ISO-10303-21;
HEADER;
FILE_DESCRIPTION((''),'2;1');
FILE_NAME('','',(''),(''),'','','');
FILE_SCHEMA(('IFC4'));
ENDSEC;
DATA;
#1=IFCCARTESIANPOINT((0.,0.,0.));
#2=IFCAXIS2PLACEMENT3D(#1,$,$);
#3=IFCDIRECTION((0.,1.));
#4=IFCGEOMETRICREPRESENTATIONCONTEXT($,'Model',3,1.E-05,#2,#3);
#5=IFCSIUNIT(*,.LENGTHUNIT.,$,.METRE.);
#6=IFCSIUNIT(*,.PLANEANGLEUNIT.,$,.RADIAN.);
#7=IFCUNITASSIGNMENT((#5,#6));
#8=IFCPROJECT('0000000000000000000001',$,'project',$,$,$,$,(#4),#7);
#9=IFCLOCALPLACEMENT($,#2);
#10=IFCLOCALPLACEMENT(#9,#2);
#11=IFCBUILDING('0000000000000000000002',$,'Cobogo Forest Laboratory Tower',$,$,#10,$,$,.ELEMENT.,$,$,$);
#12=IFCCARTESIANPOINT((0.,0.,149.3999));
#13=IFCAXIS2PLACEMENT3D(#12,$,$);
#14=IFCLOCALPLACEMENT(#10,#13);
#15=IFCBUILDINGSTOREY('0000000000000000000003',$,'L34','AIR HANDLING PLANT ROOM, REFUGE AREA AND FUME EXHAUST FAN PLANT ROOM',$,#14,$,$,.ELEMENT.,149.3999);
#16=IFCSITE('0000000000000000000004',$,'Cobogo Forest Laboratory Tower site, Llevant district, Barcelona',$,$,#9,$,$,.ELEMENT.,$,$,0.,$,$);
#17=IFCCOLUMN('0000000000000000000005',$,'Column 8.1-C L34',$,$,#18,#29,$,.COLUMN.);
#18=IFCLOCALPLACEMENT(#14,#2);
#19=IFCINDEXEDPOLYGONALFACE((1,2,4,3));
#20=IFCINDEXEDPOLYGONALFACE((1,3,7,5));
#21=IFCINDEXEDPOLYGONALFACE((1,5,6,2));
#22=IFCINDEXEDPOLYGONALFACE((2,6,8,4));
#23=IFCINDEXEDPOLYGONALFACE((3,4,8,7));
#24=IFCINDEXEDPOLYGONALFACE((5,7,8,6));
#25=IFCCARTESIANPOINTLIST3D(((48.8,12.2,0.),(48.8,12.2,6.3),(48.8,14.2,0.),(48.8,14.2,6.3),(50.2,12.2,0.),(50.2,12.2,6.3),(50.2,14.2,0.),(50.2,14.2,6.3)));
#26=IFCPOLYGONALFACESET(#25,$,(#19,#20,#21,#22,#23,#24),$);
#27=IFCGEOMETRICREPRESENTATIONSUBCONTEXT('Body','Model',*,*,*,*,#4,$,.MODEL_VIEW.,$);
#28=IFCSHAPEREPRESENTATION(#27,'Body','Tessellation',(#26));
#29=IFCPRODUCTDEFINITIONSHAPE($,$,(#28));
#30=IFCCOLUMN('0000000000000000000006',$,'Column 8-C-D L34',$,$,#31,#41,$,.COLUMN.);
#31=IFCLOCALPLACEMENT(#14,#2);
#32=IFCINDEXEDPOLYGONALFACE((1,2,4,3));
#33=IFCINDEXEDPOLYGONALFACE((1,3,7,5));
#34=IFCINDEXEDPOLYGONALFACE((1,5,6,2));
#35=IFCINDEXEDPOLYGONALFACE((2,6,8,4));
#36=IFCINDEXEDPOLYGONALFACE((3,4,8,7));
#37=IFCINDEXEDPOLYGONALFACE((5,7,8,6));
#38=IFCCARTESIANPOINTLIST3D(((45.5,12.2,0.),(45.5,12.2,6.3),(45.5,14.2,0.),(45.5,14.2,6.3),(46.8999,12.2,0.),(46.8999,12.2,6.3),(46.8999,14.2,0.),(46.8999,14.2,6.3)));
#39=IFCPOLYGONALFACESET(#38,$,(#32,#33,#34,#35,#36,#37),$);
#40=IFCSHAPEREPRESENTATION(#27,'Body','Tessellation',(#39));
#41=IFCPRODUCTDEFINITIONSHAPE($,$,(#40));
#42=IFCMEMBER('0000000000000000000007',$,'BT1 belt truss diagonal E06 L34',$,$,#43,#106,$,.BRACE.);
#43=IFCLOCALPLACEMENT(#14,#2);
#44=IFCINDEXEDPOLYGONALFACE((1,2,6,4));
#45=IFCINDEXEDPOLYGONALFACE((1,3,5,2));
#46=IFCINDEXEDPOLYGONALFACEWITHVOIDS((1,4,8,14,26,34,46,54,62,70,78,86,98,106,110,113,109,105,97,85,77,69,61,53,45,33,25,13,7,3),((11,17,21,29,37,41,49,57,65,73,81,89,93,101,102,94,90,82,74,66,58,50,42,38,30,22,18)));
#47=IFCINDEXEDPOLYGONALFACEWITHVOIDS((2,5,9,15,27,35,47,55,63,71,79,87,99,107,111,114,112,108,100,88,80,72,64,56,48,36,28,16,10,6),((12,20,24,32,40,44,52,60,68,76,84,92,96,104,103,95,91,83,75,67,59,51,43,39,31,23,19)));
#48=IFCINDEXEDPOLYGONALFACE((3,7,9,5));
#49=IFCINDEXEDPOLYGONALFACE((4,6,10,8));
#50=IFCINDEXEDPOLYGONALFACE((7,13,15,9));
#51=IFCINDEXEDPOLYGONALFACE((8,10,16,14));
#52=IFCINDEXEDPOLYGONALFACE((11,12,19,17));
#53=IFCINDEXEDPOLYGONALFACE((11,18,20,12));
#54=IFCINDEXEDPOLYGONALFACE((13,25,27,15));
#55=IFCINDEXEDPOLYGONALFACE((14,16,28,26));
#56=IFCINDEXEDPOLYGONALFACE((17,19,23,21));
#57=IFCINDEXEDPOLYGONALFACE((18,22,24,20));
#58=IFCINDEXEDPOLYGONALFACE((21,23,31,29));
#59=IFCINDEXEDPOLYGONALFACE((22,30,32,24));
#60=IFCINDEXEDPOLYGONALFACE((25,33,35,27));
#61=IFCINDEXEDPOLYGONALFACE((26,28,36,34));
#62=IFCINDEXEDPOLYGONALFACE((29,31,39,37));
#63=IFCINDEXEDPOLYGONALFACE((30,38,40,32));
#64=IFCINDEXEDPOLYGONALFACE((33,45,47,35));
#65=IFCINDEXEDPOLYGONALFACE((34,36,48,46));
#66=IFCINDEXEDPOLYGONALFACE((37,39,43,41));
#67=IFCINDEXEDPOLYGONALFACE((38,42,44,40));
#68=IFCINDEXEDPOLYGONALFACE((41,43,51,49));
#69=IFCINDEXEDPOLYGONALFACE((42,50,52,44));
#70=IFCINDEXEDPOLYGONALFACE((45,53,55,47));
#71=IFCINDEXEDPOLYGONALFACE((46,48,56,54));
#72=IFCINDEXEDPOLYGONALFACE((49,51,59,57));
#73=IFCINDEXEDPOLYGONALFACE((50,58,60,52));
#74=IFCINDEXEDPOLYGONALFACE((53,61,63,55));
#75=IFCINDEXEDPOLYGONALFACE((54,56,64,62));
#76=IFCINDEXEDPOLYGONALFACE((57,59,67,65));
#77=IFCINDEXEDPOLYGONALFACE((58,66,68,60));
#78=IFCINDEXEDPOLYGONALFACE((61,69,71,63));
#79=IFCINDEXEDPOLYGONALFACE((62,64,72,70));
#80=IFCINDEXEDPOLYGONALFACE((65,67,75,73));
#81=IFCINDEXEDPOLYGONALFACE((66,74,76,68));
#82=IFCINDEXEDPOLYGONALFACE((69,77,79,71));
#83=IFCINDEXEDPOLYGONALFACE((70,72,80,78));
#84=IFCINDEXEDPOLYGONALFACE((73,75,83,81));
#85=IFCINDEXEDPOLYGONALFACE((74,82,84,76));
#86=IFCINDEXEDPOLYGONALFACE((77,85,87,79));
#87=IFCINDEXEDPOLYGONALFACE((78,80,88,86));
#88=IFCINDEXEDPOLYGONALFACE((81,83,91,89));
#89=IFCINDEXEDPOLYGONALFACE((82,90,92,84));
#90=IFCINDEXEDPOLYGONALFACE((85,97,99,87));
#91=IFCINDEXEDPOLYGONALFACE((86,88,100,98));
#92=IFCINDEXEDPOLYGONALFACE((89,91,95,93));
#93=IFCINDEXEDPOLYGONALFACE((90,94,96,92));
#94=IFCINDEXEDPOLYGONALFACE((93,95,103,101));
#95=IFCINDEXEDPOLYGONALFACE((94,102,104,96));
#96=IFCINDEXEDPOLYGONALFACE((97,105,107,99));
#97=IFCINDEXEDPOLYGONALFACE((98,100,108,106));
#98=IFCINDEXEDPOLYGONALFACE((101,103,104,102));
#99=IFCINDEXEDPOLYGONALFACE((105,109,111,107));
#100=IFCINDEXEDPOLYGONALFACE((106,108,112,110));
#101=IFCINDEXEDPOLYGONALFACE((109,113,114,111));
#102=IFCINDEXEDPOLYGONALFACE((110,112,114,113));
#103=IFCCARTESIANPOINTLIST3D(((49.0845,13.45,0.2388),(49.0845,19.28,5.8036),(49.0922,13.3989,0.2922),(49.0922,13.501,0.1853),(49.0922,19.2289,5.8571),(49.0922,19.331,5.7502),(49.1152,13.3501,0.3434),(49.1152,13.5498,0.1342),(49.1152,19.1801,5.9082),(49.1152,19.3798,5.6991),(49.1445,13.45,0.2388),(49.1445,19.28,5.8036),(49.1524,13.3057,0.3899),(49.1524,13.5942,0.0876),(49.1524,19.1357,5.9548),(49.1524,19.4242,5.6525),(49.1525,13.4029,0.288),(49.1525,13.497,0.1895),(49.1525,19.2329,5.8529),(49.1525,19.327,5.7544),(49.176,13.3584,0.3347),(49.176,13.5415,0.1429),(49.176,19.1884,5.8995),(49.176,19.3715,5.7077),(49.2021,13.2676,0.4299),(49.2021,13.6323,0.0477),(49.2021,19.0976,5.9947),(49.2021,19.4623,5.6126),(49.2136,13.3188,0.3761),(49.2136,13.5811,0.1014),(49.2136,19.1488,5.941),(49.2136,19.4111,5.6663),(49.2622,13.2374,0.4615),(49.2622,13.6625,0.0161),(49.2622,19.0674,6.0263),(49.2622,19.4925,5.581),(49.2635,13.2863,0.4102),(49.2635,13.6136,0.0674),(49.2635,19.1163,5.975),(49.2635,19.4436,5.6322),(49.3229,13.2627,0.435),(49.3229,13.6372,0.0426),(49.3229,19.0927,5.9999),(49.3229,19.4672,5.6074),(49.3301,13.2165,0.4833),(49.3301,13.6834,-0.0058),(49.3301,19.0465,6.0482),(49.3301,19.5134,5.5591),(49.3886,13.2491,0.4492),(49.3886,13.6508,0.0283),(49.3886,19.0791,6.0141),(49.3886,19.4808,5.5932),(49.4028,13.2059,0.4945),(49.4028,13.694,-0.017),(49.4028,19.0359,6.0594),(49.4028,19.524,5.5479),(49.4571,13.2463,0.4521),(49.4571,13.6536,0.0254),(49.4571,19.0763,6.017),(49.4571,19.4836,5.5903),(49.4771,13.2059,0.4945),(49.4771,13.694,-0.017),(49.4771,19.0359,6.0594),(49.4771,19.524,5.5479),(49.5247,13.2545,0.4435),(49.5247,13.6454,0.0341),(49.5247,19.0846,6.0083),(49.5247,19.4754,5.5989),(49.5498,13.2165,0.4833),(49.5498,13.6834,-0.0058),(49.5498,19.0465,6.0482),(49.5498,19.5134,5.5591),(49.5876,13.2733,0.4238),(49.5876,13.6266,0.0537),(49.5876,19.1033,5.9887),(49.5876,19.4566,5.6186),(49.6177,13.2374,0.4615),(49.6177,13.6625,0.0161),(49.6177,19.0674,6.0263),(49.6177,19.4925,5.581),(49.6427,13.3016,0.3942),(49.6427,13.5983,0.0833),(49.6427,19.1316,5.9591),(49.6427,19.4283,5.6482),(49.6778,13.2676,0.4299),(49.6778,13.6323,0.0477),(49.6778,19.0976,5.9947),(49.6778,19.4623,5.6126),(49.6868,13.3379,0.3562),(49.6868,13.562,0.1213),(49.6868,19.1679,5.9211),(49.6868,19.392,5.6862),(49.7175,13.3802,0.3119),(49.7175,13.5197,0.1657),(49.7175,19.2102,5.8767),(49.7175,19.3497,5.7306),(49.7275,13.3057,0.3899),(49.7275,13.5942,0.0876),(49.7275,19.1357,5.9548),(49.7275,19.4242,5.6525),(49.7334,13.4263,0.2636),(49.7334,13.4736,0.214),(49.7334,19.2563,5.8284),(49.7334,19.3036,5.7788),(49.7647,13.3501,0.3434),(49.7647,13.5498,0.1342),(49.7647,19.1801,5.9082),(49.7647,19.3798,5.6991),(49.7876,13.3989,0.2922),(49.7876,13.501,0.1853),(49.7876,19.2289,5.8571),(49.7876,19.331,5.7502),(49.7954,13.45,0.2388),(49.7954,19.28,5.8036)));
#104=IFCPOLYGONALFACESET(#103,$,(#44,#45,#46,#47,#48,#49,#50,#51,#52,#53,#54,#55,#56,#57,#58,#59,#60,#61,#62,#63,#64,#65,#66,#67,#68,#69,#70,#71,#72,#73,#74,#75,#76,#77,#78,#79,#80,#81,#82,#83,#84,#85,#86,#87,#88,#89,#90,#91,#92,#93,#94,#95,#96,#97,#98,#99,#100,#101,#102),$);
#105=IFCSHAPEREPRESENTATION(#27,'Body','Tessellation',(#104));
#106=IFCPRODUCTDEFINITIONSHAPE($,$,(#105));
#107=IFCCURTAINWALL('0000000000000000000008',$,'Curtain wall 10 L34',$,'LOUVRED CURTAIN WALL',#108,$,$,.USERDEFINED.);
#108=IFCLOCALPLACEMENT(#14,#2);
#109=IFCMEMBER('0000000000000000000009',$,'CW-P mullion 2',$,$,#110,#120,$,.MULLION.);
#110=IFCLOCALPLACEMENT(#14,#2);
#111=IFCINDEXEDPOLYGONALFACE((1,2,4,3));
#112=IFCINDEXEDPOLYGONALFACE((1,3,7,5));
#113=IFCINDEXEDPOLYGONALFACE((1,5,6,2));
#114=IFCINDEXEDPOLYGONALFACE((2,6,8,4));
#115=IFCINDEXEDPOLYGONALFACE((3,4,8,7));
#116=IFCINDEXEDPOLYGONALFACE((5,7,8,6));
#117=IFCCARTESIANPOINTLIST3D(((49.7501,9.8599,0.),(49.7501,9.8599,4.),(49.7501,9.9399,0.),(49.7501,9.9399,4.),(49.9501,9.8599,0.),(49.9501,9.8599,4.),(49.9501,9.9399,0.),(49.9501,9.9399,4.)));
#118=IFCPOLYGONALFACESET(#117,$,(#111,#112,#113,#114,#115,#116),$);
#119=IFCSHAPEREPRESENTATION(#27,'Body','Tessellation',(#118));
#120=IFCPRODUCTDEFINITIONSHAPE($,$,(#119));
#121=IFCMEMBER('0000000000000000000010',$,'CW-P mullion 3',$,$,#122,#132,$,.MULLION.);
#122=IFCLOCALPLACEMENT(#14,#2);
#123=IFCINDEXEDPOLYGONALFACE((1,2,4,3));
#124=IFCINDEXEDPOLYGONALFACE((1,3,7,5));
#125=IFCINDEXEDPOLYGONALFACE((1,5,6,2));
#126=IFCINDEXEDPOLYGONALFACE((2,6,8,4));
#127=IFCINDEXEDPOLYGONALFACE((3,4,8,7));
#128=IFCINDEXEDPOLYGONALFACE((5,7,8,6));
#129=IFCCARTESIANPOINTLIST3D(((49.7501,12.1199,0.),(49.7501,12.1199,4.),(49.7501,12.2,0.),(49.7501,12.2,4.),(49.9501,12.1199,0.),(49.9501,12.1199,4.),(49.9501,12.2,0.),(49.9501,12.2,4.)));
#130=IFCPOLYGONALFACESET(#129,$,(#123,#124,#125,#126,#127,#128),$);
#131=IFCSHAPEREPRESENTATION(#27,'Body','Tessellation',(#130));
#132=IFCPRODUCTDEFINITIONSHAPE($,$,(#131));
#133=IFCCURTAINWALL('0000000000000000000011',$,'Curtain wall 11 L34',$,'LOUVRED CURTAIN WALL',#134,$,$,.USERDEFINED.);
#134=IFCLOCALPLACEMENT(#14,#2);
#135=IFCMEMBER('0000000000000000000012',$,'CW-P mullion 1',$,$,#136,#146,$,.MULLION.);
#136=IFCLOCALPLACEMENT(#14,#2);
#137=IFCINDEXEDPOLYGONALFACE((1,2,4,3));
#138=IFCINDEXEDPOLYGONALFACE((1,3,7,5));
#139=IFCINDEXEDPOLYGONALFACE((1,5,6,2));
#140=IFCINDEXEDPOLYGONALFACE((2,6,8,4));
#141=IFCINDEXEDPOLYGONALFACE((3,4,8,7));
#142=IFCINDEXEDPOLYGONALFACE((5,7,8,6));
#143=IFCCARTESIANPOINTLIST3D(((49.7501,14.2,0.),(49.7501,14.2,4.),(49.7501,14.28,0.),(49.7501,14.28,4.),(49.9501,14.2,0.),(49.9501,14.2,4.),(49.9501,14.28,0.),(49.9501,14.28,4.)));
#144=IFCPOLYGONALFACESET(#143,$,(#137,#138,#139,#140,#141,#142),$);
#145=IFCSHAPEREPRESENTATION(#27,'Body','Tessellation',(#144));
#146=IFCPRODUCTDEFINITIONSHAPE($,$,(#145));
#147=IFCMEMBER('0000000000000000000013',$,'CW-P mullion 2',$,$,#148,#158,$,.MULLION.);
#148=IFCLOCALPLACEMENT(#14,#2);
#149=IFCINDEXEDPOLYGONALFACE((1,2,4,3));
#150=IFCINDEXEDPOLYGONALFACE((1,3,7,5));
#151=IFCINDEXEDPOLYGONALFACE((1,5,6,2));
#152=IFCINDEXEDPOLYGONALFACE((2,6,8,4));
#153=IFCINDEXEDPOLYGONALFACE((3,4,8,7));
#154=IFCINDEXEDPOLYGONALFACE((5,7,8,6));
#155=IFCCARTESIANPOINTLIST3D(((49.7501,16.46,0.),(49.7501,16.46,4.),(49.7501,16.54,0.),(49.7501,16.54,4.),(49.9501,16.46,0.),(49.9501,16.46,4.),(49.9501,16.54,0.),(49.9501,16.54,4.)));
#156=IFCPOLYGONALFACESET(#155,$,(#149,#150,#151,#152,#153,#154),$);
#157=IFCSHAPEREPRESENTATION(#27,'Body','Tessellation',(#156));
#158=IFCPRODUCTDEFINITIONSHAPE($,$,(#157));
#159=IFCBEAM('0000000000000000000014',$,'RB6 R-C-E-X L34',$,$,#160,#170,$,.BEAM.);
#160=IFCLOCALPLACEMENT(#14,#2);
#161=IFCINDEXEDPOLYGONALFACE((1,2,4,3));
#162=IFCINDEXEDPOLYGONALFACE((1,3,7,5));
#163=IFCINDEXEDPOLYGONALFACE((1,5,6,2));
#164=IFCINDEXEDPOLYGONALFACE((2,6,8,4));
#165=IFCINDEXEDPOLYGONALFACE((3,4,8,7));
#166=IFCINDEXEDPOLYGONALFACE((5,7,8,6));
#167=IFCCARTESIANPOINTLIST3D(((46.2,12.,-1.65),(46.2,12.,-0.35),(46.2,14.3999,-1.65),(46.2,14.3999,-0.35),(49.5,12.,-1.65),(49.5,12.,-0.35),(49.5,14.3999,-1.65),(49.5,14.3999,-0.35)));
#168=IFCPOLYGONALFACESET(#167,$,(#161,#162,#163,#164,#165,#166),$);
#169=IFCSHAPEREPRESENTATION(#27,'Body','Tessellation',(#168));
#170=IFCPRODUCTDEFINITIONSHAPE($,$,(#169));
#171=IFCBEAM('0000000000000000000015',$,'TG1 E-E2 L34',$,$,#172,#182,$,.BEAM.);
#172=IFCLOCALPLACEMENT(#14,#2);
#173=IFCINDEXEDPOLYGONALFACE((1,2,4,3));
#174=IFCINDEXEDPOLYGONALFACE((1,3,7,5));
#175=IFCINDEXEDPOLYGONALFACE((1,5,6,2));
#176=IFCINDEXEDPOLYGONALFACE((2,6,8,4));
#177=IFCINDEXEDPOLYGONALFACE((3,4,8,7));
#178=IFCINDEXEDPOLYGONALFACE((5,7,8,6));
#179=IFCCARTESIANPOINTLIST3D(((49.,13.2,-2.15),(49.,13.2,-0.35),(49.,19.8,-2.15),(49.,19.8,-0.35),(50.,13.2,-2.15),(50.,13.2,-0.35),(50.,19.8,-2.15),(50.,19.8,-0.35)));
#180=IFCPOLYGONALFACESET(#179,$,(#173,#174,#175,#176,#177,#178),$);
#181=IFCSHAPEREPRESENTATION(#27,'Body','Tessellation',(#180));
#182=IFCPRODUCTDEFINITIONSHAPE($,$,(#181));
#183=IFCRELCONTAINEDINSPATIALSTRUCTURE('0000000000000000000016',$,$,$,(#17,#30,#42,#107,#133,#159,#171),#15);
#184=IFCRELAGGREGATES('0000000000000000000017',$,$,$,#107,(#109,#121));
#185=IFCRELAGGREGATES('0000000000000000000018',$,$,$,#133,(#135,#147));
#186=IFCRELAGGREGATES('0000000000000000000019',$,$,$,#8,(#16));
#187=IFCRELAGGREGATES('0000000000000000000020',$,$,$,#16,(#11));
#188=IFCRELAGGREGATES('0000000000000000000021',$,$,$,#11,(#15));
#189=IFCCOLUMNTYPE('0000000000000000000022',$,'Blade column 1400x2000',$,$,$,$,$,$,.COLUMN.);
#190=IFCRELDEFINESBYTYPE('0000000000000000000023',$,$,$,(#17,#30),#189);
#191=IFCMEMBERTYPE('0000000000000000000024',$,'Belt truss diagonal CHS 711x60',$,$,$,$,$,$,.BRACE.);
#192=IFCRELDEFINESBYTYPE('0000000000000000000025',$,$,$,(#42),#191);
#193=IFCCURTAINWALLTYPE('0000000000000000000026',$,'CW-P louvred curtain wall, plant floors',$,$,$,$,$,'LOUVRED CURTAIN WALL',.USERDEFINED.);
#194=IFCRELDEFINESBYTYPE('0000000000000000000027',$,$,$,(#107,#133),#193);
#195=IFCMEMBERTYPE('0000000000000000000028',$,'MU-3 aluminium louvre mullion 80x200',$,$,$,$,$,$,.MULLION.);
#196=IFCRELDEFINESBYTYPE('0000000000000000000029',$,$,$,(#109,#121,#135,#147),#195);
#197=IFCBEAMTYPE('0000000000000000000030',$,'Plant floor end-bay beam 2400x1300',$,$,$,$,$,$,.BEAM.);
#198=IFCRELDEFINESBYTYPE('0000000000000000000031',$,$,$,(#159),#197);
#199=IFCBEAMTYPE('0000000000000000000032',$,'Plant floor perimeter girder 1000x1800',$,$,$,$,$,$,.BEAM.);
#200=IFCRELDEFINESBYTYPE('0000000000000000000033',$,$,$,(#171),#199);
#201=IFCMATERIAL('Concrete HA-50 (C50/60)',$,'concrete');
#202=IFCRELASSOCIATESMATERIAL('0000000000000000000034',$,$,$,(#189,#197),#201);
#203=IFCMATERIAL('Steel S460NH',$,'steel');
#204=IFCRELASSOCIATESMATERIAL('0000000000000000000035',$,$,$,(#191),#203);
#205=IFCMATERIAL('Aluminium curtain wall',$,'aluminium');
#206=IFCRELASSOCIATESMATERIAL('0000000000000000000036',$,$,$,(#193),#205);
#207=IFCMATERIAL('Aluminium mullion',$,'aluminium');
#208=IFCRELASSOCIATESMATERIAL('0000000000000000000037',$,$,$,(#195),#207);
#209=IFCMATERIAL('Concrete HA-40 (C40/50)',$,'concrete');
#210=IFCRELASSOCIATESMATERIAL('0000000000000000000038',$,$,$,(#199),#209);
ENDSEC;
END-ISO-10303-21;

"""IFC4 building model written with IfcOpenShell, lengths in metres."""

from ifc_helpers import new_model, si_unit, direction, frame, origin, origin_2d, place, context, subcontext, project, spatial, rectangle, hollow_circle, extrude, material, material_profile, profile_set, type_object, element, aggregate, save


model = new_model("IFC4")

# Units and contexts
model_context = context("Model", 3, precision=1e-05, world=origin(), true_north=direction((0.0, 1.0)))
body_context = subcontext(model_context, "Body", "Model", "MODEL_VIEW")
ifc_project = project(units=[si_unit("LENGTHUNIT", "METRE"), si_unit("PLANEANGLEUNIT", "RADIAN")], contexts=[model_context])

# Site, building, storey
site_placement = place(None, origin())
site = spatial("IfcSite", under=ifc_project, at=site_placement, Name="Cobogo Forest Laboratory Tower site, Llevant district, Barcelona", CompositionType="ELEMENT", RefElevation=0.0)
building_placement = place(site_placement, origin())
building = spatial("IfcBuilding", under=site, at=building_placement, Name="Cobogo Forest Laboratory Tower", CompositionType="ELEMENT")
storey_placement = place(building_placement, frame((0.0, 0.0, 149.3999)))
storey = spatial("IfcBuildingStorey", under=building, at=storey_placement, Name="L34", Description="AIR HANDLING PLANT ROOM, REFUGE AREA AND FUME EXHAUST FAN PLANT ROOM", CompositionType="ELEMENT", Elevation=149.3999)

# Columns
ifc_material_1 = material(Name="Concrete HA-50 (C50/60)", Category="concrete")
ifc_material_profile_1 = material_profile(ifc_material_1, rectangle(XDim=2.0, YDim=1.3999, at=origin_2d()), Name="RC 1400x2000")
ifc_profile_set_1 = profile_set([ifc_material_profile_1], Name="Concrete HA-50 (C50/60)")
column_type = type_object("IfcColumnType", Name="Blade column 1400x2000", PredefinedType="COLUMN", material=ifc_profile_set_1)
for number, where, z_axis, x_axis, name in (
    (1, (49.5, 13.2, 0.0), (0.0, 0.0, 1.0), (0.0, 1.0, 0.0), "Column 8.1-C L34"),
    (2, (46.2, 13.2, 0.0), (0.0, 0.0, 1.0), (0.0, 1.0, 0.0), "Column 8-C-D L34"),
):
    element("IfcColumn", number, at=place(storey_placement, frame(where, z_axis=z_axis, x_axis=x_axis)), inside=storey, type_object=column_type, Name=name, PredefinedType="COLUMN", context=body_context, shape_type="SweptSolid", body=[
        extrude(rectangle(XDim=2.0, YDim=1.3999, at=origin_2d()), origin(), (0.0, 0.0, 1.0), 6.3),
    ])

# Member
ifc_material_2 = material(Name="Steel S460NH", Category="steel")
ifc_material_profile_2 = material_profile(ifc_material_2, hollow_circle(Radius=0.3555, WallThickness=0.0601, at=origin_2d()), Name="CHS 711x60")
ifc_profile_set_2 = profile_set([ifc_material_profile_2], Name="Steel S460NH")
member_type_1 = type_object("IfcMemberType", Name="Belt truss diagonal CHS 711x60", PredefinedType="BRACE", material=ifc_profile_set_2)
member_1_placement = place(storey_placement, frame((49.4399, 13.45, 0.2388), z_axis=(0.0, 0.723364, 0.690467), x_axis=(-1.0, 0.0, 0.0)))
element("IfcMember", 3, at=member_1_placement, inside=storey, type_object=member_type_1, Name="BT1 belt truss diagonal E06 L34", PredefinedType="BRACE", context=body_context, shape_type="SweptSolid", body=[
    extrude(hollow_circle(Radius=0.3555, WallThickness=0.0601, at=origin_2d()), origin(), (0.0, 0.0, 1.0), 8.0596),
])

# Curtain walls, members
ifc_material_3 = material(Name="Aluminium curtain wall", Category="aluminium")
curtain_wall_type = type_object("IfcCurtainWallType", Name="CW-P louvred curtain wall, plant floors", ElementType="LOUVRED CURTAIN WALL", PredefinedType="USERDEFINED", material=ifc_material_3)
curtain_wall_1_placement = place(storey_placement, origin())
curtain_wall_1 = element("IfcCurtainWall", 4, at=curtain_wall_1_placement, inside=storey, type_object=curtain_wall_type, Name="Curtain wall 10 L34", ObjectType="LOUVRED CURTAIN WALL", PredefinedType="USERDEFINED")
ifc_material_4 = material(Name="Aluminium mullion", Category="aluminium")
ifc_material_profile_3 = material_profile(ifc_material_4, rectangle(XDim=0.0801, YDim=0.2, at=origin_2d()), Name="AL 80x200")
ifc_profile_set_3 = profile_set([ifc_material_profile_3], Name="Aluminium mullion")
member_type_2 = type_object("IfcMemberType", Name="MU-3 aluminium louvre mullion 80x200", PredefinedType="MULLION", material=ifc_profile_set_3)
member_2_placement = place(storey_placement, frame((49.8501, 9.8999, 0.0), z_axis=(0.0, 0.0, 1.0), x_axis=(0.0, 1.0, 0.0)))
member_2 = element("IfcMember", 5, at=member_2_placement, type_object=member_type_2, Name="CW-P mullion 2", PredefinedType="MULLION", context=body_context, shape_type="SweptSolid", body=[
    extrude(rectangle(XDim=0.0801, YDim=0.2, at=origin_2d()), origin(), (0.0, 0.0, 1.0), 4.0),
])
member_3_placement = place(storey_placement, frame((49.8501, 12.1599, 0.0), z_axis=(0.0, 0.0, 1.0), x_axis=(0.0, 1.0, 0.0)))
member_3 = element("IfcMember", 6, at=member_3_placement, type_object=member_type_2, Name="CW-P mullion 3", PredefinedType="MULLION", context=body_context, shape_type="SweptSolid", body=[
    extrude(rectangle(XDim=0.0801, YDim=0.2, at=origin_2d()), origin(), (0.0, 0.0, 1.0), 4.0),
])
curtain_wall_2_placement = place(storey_placement, origin())
curtain_wall_2 = element("IfcCurtainWall", 7, at=curtain_wall_2_placement, inside=storey, type_object=curtain_wall_type, Name="Curtain wall 11 L34", ObjectType="LOUVRED CURTAIN WALL", PredefinedType="USERDEFINED")
member_4_placement = place(storey_placement, frame((49.8501, 14.24, 0.0), z_axis=(0.0, 0.0, 1.0), x_axis=(0.0, 1.0, 0.0)))
member_4 = element("IfcMember", 8, at=member_4_placement, type_object=member_type_2, Name="CW-P mullion 1", PredefinedType="MULLION", context=body_context, shape_type="SweptSolid", body=[
    extrude(rectangle(XDim=0.0801, YDim=0.2, at=origin_2d()), origin(), (0.0, 0.0, 1.0), 4.0),
])
member_5_placement = place(storey_placement, frame((49.8501, 16.5, 0.0), z_axis=(0.0, 0.0, 1.0), x_axis=(0.0, 1.0, 0.0)))
member_5 = element("IfcMember", 9, at=member_5_placement, type_object=member_type_2, Name="CW-P mullion 2", PredefinedType="MULLION", context=body_context, shape_type="SweptSolid", body=[
    extrude(rectangle(XDim=0.0801, YDim=0.2, at=origin_2d()), origin(), (0.0, 0.0, 1.0), 4.0),
])

# Beams
ifc_material_profile_4 = material_profile(ifc_material_1, rectangle(XDim=2.3999, YDim=1.3, at=origin_2d()), Name="RC 2400x1300")
ifc_profile_set_4 = profile_set([ifc_material_profile_4], Name="Concrete HA-50 (C50/60)")
beam_type_1 = type_object("IfcBeamType", Name="Plant floor end-bay beam 2400x1300", PredefinedType="BEAM", material=ifc_profile_set_4)
beam_1_placement = place(storey_placement, frame((49.5, 13.2, -1.0), z_axis=(-1.0, 0.0, 0.0), x_axis=(0.0, -1.0, 0.0)))
element("IfcBeam", 10, at=beam_1_placement, inside=storey, type_object=beam_type_1, Name="RB6 R-C-E-X L34", PredefinedType="BEAM", context=body_context, shape_type="SweptSolid", body=[
    extrude(rectangle(XDim=2.3999, YDim=1.3, at=origin_2d()), origin(), (0.0, 0.0, 1.0), 3.3),
])
ifc_material_5 = material(Name="Concrete HA-40 (C40/50)", Category="concrete")
ifc_material_profile_5 = material_profile(ifc_material_5, rectangle(XDim=1.0, YDim=1.8, at=origin_2d()), Name="RC 1000x1800")
ifc_profile_set_5 = profile_set([ifc_material_profile_5], Name="Concrete HA-40 (C40/50)")
beam_type_2 = type_object("IfcBeamType", Name="Plant floor perimeter girder 1000x1800", PredefinedType="BEAM", material=ifc_profile_set_5)
beam_2_placement = place(storey_placement, frame((49.5, 13.2, -1.25), z_axis=(0.0, 1.0, 0.0), x_axis=(-1.0, 0.0, 0.0)))
element("IfcBeam", 11, at=beam_2_placement, inside=storey, type_object=beam_type_2, Name="TG1 E-E2 L34", PredefinedType="BEAM", context=body_context, shape_type="SweptSolid", body=[
    extrude(rectangle(XDim=1.0, YDim=1.8, at=origin_2d()), origin(), (0.0, 0.0, 1.0), 6.6001),
])

aggregate(curtain_wall_1, [member_2, member_3])
aggregate(curtain_wall_2, [member_4, member_5])

save(model, "model.ifc")
